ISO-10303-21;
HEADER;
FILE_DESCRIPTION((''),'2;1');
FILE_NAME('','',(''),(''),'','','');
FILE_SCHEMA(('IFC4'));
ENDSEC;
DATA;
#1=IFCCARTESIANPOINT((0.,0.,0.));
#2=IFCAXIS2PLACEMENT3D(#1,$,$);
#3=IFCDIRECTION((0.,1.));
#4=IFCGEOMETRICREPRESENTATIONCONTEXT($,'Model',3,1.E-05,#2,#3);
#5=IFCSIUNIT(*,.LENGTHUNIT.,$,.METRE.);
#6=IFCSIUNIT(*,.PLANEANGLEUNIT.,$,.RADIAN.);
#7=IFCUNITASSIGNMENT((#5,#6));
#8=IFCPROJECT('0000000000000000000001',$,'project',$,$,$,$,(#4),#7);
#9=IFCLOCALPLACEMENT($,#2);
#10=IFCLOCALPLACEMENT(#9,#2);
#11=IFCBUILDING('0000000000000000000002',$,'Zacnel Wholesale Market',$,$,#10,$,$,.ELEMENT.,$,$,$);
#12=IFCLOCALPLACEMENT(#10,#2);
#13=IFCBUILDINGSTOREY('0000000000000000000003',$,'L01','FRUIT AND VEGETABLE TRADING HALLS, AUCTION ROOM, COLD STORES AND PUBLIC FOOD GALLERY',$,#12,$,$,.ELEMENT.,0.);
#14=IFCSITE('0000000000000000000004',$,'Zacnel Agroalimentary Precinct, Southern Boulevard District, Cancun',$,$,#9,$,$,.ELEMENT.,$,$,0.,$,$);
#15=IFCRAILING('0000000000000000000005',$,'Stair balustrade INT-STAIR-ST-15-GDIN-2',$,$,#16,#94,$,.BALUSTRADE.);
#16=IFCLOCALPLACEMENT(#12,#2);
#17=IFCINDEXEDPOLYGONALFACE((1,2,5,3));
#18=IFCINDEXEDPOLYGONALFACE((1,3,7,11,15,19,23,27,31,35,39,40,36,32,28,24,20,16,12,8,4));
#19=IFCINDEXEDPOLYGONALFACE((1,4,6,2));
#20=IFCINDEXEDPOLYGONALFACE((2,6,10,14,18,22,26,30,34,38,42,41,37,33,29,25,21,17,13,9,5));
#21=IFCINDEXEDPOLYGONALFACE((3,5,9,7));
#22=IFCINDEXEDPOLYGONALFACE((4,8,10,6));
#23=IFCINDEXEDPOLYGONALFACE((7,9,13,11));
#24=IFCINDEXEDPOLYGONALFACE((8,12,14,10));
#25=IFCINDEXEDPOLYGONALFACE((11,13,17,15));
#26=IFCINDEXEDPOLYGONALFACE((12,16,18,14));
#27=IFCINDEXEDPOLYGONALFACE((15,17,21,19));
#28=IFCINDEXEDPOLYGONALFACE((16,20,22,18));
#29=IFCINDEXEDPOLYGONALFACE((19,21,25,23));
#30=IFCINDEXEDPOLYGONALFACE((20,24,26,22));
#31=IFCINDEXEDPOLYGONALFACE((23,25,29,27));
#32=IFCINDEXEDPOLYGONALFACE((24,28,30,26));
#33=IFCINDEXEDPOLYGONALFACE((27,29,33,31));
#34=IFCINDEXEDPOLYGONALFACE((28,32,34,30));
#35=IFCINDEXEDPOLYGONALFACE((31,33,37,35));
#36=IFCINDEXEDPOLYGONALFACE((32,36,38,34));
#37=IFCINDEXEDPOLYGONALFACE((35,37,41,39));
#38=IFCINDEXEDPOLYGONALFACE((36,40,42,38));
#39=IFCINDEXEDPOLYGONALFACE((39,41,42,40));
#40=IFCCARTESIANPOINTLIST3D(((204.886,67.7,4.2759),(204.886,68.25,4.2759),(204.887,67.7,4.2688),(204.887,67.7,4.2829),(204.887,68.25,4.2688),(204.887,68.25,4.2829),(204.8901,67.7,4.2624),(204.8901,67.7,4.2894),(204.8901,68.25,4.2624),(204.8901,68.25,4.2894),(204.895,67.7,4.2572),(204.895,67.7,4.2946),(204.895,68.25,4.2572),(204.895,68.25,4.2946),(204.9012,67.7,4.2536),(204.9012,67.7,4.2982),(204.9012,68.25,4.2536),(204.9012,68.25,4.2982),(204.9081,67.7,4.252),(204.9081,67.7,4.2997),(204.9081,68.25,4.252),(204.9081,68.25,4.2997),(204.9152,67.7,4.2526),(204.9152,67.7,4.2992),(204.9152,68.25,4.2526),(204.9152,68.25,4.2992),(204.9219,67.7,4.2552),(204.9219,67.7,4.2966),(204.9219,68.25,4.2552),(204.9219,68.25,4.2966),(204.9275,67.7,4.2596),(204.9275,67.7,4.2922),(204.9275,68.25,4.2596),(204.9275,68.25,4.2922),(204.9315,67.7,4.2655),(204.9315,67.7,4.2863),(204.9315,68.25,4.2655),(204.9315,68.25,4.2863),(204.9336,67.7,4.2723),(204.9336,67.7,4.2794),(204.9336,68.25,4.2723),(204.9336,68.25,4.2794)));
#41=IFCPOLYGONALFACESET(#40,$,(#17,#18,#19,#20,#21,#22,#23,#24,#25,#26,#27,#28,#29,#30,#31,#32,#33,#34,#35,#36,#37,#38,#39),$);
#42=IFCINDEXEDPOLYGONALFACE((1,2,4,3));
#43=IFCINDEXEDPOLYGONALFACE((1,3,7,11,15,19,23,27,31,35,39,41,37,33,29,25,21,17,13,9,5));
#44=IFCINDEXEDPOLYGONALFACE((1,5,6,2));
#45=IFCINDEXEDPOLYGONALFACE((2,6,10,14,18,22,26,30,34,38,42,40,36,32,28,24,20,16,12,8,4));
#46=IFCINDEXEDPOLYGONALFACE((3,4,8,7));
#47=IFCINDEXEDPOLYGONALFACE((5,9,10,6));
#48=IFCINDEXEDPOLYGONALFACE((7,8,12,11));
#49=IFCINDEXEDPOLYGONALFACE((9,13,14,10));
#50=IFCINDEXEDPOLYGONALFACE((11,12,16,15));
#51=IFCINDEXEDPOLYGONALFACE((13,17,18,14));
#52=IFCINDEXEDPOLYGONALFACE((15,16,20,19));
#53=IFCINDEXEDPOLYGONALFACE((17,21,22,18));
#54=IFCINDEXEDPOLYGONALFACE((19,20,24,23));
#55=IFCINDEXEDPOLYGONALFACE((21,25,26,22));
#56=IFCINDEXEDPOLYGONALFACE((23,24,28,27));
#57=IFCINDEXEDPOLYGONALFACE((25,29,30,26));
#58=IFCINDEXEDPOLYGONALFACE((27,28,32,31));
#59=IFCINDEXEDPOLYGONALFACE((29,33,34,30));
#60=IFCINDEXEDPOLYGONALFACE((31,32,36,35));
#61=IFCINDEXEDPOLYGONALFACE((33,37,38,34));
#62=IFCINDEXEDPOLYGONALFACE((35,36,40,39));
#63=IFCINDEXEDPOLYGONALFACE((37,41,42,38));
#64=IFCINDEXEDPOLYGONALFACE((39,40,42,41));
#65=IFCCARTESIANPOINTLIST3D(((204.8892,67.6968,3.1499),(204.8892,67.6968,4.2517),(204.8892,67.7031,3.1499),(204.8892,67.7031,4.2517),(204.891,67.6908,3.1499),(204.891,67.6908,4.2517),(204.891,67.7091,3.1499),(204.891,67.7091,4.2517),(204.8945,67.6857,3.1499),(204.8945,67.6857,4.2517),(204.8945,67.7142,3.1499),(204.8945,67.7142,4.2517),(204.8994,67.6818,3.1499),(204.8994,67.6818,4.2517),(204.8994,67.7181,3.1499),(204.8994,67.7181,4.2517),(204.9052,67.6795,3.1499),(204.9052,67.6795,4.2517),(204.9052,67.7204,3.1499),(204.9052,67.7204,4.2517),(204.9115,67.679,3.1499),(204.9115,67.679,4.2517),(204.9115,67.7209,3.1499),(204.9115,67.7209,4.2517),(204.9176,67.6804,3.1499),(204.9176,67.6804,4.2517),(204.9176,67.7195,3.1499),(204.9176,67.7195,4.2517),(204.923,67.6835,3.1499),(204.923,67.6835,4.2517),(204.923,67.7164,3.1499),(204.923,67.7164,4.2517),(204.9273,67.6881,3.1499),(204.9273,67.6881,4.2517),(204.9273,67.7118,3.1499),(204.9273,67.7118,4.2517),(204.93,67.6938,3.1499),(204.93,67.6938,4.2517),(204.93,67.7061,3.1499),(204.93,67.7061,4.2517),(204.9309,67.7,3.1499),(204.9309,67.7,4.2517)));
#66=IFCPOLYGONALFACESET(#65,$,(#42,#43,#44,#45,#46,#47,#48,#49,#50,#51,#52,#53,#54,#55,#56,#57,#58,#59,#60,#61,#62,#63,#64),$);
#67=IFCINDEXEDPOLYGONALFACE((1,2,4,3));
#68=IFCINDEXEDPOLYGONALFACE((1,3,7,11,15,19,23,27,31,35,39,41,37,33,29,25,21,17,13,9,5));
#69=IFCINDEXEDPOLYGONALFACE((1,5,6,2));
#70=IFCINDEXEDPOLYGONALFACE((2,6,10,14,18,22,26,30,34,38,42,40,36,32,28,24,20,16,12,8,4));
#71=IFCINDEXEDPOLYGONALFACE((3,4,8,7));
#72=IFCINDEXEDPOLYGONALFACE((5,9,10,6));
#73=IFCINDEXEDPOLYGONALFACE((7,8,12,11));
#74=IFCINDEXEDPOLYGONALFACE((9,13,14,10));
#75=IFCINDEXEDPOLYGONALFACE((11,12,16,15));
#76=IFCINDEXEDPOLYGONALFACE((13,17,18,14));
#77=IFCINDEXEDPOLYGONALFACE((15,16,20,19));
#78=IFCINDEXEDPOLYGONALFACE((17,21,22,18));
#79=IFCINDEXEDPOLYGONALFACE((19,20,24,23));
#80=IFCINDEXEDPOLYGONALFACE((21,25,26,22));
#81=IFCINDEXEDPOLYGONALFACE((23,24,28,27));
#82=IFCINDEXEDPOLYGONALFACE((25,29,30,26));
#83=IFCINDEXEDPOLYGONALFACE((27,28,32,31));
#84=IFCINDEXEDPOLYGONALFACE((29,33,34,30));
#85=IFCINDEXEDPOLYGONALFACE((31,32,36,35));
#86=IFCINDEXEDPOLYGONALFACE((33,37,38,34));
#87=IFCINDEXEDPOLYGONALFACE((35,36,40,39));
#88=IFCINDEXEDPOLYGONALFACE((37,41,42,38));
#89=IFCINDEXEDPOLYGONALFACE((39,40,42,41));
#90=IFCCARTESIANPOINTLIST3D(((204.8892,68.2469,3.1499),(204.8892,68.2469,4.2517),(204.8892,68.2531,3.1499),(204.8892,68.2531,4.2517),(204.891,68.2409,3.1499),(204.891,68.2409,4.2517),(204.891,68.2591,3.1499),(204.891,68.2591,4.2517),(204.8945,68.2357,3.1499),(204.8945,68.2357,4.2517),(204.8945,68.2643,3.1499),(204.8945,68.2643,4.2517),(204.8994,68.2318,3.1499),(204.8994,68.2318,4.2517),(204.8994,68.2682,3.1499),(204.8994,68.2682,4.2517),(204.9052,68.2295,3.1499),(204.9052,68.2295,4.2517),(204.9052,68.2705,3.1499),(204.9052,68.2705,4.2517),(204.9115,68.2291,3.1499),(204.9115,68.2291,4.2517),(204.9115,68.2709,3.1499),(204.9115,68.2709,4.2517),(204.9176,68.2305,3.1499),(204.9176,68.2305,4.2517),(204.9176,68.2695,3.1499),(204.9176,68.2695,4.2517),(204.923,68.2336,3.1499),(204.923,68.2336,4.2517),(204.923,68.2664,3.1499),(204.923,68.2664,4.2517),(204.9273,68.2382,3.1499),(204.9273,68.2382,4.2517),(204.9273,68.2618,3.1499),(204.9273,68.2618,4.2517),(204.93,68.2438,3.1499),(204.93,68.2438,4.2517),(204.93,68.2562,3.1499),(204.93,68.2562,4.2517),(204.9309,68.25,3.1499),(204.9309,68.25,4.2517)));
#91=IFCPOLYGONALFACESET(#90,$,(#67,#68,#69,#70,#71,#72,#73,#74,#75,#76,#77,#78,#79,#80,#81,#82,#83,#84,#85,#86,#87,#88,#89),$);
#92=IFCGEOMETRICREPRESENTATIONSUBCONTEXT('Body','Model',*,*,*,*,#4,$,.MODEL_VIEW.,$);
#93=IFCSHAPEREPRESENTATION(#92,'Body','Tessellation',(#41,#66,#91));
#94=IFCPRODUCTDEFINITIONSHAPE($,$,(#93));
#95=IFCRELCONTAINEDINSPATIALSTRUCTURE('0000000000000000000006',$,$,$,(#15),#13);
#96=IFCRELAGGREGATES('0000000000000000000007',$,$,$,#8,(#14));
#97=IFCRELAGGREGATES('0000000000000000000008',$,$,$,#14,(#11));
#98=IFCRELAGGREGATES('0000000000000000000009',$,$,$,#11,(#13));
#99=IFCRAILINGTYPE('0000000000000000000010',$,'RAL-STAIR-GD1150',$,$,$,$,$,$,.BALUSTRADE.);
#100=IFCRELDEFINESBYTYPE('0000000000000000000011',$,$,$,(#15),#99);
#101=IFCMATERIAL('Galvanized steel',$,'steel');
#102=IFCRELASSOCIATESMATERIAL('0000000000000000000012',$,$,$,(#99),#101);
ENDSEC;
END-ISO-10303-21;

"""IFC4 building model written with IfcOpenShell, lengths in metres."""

from ifc_helpers import new_model, si_unit, direction, frame, origin, origin_2d, place, context, subcontext, project, spatial, circle, extrude, material, type_object, element, save


model = new_model("IFC4")

# Units and contexts
model_context = context("Model", 3, precision=1e-05, world=origin(), true_north=direction((0.0, 1.0)))
body_context = subcontext(model_context, "Body", "Model", "MODEL_VIEW")
ifc_project = project(units=[si_unit("LENGTHUNIT", "METRE"), si_unit("PLANEANGLEUNIT", "RADIAN")], contexts=[model_context])

# Site, building, storey
site_placement = place(None, origin())
site = spatial("IfcSite", under=ifc_project, at=site_placement, Name="Zacnel Agroalimentary Precinct, Southern Boulevard District, Cancun", CompositionType="ELEMENT", RefElevation=0.0)
building_placement = place(site_placement, origin())
building = spatial("IfcBuilding", under=site, at=building_placement, Name="Zacnel Wholesale Market", CompositionType="ELEMENT")
storey_placement = place(building_placement, origin())
storey = spatial("IfcBuildingStorey", under=building, at=storey_placement, Name="L01", Description="FRUIT AND VEGETABLE TRADING HALLS, AUCTION ROOM, COLD STORES AND PUBLIC FOOD GALLERY", CompositionType="ELEMENT", Elevation=0.0)

# Railing
ifc_material_1 = material(Name="Galvanized steel", Category="steel")
railing_type = type_object("IfcRailingType", Name="RAL-STAIR-GD1150", PredefinedType="BALUSTRADE", material=ifc_material_1)
railing_1_placement = place(storey_placement, frame((204.9099, 67.7, 3.1499)))
element("IfcRailing", 1, at=railing_1_placement, inside=storey, type_object=railing_type, Name="Stair balustrade INT-STAIR-ST-15-GDIN-2", PredefinedType="BALUSTRADE", context=body_context, shape_type="SweptSolid", body=[
    extrude(circle(Radius=0.0239, at=origin_2d()), frame((0.0, 0.0, 1.126), z_axis=(0.0, 1.0, 0.0), x_axis=(-1.0, 0.0, 0.0)), (0.0, 0.0, 1.0), 0.55),
    extrude(circle(Radius=0.021, at=origin_2d()), origin(), (0.0, 0.0, 1.0), 1.1018),
    extrude(circle(Radius=0.021, at=origin_2d()), frame((0.0, 0.55, 0.0)), (0.0, 0.0, 1.0), 1.1018),
])

save(model, "model.ifc")
